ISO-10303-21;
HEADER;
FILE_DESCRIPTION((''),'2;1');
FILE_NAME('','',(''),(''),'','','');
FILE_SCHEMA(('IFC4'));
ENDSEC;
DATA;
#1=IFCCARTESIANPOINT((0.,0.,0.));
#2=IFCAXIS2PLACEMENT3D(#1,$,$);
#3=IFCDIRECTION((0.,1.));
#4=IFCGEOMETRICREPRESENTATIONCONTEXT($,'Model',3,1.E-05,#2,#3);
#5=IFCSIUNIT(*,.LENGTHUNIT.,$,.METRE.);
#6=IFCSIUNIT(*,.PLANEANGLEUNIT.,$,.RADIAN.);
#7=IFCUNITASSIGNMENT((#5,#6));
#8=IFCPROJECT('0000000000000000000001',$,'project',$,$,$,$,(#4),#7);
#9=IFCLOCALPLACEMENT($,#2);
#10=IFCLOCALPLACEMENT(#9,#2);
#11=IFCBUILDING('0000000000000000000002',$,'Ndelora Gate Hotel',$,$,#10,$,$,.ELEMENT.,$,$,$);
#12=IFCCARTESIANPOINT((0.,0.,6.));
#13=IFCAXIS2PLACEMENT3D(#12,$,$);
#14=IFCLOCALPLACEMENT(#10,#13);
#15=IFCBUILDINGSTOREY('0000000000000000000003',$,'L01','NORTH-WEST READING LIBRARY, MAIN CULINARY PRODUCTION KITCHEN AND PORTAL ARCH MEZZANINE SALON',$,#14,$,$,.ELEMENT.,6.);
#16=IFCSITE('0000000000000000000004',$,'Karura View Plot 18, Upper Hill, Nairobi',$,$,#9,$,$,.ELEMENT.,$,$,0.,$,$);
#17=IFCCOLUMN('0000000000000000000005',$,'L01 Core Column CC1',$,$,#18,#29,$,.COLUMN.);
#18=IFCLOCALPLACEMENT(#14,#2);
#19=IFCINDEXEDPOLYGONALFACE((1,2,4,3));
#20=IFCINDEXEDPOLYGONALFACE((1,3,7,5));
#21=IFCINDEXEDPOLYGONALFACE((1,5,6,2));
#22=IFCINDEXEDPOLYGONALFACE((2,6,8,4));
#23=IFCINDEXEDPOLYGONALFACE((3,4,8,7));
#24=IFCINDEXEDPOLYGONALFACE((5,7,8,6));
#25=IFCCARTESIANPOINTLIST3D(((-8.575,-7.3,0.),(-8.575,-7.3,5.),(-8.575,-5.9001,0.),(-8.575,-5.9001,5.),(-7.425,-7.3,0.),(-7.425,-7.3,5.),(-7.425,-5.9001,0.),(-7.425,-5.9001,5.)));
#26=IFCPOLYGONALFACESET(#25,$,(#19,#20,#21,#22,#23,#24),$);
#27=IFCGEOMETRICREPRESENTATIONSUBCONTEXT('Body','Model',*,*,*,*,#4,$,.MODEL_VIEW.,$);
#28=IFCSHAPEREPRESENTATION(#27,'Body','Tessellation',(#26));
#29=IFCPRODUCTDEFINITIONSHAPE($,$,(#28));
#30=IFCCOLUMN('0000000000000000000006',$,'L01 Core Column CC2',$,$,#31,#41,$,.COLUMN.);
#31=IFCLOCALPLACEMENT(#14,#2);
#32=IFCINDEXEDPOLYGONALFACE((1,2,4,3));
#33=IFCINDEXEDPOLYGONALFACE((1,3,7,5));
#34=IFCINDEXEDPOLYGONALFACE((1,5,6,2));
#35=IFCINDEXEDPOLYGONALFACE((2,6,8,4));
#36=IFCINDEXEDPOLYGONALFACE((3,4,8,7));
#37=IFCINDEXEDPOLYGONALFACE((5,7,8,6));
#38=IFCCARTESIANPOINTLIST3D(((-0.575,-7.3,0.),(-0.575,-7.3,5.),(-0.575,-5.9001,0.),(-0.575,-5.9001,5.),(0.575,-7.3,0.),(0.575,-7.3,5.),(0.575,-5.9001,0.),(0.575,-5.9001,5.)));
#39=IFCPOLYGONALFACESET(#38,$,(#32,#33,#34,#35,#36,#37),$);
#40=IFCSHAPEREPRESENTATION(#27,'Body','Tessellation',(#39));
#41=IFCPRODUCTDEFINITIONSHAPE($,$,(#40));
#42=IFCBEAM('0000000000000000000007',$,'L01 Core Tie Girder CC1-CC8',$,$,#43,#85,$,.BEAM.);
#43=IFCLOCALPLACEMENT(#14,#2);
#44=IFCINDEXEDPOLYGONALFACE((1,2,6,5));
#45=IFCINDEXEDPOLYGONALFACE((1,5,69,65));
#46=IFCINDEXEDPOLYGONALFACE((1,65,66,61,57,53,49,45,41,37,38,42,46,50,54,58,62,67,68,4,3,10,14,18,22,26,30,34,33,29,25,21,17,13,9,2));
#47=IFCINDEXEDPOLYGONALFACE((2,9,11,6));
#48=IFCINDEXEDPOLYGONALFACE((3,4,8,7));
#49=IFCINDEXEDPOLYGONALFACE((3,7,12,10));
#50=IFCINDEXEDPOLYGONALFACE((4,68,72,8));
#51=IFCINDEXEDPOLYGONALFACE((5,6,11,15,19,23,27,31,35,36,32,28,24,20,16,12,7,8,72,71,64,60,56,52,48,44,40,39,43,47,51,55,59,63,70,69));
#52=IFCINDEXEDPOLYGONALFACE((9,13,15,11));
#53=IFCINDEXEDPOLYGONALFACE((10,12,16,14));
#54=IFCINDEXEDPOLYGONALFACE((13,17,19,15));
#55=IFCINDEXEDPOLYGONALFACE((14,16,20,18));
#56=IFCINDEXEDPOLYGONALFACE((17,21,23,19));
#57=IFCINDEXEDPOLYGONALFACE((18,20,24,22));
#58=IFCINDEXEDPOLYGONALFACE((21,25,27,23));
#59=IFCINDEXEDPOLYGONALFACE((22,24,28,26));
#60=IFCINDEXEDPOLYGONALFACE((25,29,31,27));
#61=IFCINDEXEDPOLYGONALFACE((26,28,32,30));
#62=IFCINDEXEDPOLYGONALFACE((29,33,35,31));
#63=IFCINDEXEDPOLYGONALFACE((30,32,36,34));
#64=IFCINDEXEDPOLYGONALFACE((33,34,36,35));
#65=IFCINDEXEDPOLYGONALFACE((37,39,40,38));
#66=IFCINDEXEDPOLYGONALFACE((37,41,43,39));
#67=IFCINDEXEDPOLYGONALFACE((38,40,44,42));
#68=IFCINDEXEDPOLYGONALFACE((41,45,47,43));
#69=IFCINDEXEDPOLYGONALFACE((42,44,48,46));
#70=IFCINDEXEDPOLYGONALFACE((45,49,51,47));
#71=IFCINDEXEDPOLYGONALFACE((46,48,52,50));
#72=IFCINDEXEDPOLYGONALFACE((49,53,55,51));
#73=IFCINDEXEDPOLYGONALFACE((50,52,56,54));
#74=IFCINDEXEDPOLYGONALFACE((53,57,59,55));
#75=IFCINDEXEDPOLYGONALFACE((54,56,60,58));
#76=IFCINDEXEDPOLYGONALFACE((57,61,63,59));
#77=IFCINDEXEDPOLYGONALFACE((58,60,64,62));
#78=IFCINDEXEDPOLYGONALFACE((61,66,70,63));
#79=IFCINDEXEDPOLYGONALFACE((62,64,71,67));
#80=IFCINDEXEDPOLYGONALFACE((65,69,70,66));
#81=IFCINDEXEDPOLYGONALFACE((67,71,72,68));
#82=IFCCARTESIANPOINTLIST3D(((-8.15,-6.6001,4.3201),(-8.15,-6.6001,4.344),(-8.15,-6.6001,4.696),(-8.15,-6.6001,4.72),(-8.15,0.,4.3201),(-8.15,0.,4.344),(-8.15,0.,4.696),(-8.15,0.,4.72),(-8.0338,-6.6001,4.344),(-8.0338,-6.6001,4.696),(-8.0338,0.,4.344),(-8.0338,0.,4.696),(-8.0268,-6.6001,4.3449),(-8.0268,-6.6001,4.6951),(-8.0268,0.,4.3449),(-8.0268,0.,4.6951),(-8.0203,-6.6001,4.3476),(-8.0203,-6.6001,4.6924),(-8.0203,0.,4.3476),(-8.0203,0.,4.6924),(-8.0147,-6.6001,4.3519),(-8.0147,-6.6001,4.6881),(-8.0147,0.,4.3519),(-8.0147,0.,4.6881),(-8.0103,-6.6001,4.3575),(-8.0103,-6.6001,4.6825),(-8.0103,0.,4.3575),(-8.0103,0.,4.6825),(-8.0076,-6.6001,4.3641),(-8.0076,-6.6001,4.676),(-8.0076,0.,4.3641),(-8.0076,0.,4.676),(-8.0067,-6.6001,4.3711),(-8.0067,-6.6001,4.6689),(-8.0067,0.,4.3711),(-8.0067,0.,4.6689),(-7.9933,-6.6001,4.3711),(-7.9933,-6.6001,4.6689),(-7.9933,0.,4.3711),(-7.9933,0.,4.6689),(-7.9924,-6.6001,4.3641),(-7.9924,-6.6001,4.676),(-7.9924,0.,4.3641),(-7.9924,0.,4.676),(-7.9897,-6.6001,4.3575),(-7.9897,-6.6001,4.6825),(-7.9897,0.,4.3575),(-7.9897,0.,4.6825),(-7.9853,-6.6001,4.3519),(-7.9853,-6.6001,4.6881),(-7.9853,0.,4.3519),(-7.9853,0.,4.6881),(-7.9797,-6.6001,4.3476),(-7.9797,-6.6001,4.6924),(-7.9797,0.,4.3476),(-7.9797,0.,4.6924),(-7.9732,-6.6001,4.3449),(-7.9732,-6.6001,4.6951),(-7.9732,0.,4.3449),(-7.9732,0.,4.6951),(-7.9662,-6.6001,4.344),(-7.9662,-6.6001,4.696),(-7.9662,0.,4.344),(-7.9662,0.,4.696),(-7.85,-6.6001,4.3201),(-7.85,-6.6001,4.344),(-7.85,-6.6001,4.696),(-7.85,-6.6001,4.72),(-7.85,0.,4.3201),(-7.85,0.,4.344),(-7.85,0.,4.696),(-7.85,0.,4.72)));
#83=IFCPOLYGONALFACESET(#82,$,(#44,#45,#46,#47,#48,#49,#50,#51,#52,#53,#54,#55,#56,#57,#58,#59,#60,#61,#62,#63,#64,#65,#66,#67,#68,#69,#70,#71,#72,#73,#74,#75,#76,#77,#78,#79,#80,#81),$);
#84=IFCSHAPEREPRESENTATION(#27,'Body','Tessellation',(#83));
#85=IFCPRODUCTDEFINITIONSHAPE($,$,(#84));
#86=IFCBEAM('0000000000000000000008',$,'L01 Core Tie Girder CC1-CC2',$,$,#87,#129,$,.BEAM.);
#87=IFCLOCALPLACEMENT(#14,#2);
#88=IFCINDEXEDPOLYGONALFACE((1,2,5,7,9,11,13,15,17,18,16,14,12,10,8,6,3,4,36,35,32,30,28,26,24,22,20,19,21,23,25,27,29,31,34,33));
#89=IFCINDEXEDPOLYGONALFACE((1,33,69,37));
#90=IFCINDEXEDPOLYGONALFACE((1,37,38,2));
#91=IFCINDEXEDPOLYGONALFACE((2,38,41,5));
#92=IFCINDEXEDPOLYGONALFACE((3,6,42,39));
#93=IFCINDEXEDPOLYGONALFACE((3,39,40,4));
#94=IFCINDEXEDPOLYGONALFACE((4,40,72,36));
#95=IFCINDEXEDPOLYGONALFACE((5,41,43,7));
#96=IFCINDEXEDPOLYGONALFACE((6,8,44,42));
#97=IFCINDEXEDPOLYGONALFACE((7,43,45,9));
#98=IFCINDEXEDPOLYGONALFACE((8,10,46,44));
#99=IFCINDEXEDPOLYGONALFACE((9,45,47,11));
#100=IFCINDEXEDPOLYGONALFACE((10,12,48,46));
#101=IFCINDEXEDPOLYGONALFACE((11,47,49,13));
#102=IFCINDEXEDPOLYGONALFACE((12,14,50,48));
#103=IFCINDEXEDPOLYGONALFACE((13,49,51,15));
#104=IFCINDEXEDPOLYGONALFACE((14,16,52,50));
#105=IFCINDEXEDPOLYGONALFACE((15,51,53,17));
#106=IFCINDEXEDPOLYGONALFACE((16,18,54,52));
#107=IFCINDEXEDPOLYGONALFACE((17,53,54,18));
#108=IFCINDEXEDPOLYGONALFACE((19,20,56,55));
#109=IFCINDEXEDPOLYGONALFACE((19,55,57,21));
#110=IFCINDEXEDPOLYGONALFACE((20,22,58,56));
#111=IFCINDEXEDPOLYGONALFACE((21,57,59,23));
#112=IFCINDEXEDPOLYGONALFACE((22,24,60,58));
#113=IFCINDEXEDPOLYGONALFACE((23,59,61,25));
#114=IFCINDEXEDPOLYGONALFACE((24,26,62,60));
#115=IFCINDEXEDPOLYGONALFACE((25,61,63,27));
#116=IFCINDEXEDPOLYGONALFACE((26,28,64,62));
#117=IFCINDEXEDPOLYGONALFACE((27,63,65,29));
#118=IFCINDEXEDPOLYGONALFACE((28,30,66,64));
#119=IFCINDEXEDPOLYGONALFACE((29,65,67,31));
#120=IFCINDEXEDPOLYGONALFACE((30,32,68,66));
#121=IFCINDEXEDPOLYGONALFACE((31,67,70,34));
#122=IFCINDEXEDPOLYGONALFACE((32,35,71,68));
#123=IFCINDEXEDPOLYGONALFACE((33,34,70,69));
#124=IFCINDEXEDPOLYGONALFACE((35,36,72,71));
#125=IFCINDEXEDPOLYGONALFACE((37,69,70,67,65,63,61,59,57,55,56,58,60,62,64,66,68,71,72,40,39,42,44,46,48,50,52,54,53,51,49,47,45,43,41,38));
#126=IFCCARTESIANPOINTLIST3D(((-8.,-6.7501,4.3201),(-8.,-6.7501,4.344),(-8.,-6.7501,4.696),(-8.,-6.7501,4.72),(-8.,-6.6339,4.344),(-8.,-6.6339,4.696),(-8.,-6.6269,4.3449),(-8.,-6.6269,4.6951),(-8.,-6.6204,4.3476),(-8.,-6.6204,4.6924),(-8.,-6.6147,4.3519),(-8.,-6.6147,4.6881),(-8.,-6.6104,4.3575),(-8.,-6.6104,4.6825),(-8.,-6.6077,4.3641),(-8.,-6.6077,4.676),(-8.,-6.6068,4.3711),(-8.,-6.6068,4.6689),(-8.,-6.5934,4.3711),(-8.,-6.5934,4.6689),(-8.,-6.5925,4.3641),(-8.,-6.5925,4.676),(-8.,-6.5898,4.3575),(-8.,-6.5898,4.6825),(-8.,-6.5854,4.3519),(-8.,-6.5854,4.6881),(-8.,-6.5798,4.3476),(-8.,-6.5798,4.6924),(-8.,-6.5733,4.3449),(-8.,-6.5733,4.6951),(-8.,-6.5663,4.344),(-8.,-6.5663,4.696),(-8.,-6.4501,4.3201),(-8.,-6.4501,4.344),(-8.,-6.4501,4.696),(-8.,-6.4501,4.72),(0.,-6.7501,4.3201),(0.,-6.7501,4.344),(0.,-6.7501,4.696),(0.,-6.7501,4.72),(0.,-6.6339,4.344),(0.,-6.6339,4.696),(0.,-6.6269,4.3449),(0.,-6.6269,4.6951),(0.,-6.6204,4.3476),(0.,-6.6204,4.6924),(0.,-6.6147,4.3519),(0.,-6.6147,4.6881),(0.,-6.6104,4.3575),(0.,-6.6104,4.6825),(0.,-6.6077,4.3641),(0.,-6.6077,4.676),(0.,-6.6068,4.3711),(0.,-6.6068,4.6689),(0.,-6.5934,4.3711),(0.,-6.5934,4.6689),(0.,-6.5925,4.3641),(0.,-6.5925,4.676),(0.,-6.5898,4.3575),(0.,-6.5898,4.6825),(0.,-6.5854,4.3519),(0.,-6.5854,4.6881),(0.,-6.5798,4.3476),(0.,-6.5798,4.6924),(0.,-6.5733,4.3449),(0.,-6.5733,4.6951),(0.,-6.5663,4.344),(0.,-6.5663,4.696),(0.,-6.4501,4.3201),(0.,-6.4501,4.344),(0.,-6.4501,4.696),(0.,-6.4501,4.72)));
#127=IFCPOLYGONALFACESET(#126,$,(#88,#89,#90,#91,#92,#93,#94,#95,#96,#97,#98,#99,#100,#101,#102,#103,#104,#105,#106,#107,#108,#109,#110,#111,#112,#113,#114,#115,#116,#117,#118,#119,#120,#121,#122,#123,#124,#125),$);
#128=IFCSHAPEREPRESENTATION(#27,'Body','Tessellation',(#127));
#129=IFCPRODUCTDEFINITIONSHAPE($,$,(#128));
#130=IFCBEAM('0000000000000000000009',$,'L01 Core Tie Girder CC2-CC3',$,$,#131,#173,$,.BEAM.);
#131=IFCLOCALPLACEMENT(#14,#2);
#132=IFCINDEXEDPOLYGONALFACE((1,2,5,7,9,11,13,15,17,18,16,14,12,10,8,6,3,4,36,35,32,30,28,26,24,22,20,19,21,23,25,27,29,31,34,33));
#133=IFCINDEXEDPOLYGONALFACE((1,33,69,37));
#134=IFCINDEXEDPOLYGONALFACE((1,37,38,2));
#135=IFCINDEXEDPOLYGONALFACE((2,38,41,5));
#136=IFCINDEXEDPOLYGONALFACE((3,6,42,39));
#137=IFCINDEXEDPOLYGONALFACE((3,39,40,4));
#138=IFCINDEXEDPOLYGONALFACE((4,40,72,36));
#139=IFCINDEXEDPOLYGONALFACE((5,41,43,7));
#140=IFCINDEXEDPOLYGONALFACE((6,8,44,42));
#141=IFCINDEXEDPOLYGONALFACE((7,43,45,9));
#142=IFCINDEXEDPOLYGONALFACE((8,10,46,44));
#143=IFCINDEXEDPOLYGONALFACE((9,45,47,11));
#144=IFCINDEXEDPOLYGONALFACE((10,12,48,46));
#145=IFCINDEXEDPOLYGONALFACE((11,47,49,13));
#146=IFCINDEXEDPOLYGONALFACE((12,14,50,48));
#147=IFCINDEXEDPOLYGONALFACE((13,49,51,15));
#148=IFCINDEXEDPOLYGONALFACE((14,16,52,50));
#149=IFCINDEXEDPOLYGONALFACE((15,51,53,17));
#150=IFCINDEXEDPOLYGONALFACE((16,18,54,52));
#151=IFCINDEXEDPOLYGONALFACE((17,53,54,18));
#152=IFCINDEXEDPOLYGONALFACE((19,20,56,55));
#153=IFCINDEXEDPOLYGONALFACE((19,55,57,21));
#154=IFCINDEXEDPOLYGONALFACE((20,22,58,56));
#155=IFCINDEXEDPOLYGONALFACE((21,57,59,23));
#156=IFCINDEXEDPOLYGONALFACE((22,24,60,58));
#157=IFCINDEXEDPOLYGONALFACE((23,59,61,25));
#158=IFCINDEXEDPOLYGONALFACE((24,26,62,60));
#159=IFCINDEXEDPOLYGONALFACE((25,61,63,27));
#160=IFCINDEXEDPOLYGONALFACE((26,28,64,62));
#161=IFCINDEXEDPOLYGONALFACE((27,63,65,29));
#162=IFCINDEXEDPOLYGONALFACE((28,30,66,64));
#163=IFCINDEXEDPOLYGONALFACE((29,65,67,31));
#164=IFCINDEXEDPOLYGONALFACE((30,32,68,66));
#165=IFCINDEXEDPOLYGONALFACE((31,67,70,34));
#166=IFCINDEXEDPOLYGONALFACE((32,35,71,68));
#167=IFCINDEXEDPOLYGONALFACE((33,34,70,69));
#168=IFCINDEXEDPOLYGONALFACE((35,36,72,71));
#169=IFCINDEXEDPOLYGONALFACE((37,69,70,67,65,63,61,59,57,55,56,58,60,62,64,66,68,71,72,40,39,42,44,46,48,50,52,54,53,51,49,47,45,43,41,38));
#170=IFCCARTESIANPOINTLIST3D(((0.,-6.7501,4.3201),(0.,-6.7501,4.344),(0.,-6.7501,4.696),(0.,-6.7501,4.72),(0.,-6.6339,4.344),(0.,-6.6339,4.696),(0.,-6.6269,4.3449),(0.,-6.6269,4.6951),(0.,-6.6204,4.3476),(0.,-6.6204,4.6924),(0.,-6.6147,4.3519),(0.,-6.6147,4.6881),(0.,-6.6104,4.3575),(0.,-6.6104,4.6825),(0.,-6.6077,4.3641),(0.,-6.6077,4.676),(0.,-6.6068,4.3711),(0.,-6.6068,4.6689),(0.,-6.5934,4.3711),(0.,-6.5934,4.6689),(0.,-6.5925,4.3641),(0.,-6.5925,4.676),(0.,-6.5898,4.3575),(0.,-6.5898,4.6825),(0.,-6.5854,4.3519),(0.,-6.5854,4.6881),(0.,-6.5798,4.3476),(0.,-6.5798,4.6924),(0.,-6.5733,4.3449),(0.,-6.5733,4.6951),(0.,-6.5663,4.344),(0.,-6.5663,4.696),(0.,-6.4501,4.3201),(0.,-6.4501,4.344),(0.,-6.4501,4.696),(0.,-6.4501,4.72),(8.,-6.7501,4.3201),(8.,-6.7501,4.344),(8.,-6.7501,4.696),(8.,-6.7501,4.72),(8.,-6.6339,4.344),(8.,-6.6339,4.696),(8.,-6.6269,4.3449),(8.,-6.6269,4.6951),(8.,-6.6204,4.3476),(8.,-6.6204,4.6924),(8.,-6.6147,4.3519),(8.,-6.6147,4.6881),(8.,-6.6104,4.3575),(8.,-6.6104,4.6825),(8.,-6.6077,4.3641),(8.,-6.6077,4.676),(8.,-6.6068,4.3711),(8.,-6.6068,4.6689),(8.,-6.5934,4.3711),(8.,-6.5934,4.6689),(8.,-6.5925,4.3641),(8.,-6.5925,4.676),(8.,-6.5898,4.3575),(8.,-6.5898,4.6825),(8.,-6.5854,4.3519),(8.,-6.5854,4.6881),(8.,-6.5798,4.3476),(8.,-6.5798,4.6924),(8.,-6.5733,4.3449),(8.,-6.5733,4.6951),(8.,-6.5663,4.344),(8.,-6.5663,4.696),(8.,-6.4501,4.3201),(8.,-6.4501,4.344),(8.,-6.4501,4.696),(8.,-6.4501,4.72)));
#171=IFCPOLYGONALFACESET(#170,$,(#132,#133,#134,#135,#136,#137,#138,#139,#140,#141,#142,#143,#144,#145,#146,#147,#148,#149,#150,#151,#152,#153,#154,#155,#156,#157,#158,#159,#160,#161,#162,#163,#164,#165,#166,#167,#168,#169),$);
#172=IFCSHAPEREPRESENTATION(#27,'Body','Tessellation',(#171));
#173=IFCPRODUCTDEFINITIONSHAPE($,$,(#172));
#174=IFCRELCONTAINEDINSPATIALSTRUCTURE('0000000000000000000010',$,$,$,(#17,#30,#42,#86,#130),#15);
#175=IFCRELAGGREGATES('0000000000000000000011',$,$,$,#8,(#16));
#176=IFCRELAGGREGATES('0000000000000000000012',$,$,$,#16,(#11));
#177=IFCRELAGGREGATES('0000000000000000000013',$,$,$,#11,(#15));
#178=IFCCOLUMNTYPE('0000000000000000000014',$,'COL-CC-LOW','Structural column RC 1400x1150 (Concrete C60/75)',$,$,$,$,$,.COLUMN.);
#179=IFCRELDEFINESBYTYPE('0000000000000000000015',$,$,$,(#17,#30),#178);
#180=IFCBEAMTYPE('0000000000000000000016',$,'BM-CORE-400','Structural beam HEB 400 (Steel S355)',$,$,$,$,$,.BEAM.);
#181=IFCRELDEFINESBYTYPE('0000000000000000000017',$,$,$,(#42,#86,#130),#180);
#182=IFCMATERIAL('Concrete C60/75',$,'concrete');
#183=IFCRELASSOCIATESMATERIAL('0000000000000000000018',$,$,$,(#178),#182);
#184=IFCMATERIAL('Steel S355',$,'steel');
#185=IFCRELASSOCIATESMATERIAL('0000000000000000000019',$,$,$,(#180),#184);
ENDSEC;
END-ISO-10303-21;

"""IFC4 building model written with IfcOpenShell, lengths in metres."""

from ifc_helpers import new_model, si_unit, direction, frame, origin, origin_2d, place, context, subcontext, project, spatial, rectangle, i_section, extrude, material, material_profile, profile_set, type_object, element, save


model = new_model("IFC4")

# Units and contexts
model_context = context("Model", 3, precision=1e-05, world=origin(), true_north=direction((0.0, 1.0)))
body_context = subcontext(model_context, "Body", "Model", "MODEL_VIEW")
ifc_project = project(units=[si_unit("LENGTHUNIT", "METRE"), si_unit("PLANEANGLEUNIT", "RADIAN")], contexts=[model_context])

# Site, building, storey
site_placement = place(None, origin())
site = spatial("IfcSite", under=ifc_project, at=site_placement, Name="Karura View Plot 18, Upper Hill, Nairobi", CompositionType="ELEMENT", RefElevation=0.0)
building_placement = place(site_placement, origin())
building = spatial("IfcBuilding", under=site, at=building_placement, Name="Ndelora Gate Hotel", CompositionType="ELEMENT")
storey_placement = place(building_placement, frame((0.0, 0.0, 6.0)))
storey = spatial("IfcBuildingStorey", under=building, at=storey_placement, Name="L01", Description="NORTH-WEST READING LIBRARY, MAIN CULINARY PRODUCTION KITCHEN AND PORTAL ARCH MEZZANINE SALON", CompositionType="ELEMENT", Elevation=6.0)

# Columns
ifc_material_1 = material(Name="Concrete C60/75", Category="concrete")
ifc_material_profile_1 = material_profile(ifc_material_1, rectangle(XDim=1.1499, YDim=1.3999, at=origin_2d()), Name="RC 1400x1150")
ifc_profile_set_1 = profile_set([ifc_material_profile_1], Name="Concrete C60/75")
column_type = type_object("IfcColumnType", Name="COL-CC-LOW", Description="Structural column RC 1400x1150 (Concrete C60/75)", PredefinedType="COLUMN", material=ifc_profile_set_1)
for number, where, z_axis, x_axis, name in (
    (1, (-8.0, -6.6001, 0.0), (0.0, 0.0, 1.0), (1.0, 0.0, 0.0), "L01 Core Column CC1"),
    (2, (0.0, -6.6001, 0.0), (0.0, 0.0, 1.0), (1.0, 0.0, 0.0), "L01 Core Column CC2"),
):
    element("IfcColumn", number, at=place(storey_placement, frame(where, z_axis=z_axis, x_axis=x_axis)), inside=storey, type_object=column_type, Name=name, PredefinedType="COLUMN", context=body_context, shape_type="SweptSolid", body=[
        extrude(rectangle(XDim=1.1499, YDim=1.3999, at=origin_2d()), origin(), (0.0, 0.0, 1.0), 5.0),
    ])

# Beams
ifc_material_2 = material(Name="Steel S355", Category="steel")
ifc_material_profile_2 = material_profile(ifc_material_2, i_section(OverallWidth=0.3, OverallDepth=0.3999, WebThickness=0.0134, FlangeThickness=0.0239, FilletRadius=0.0271, at=origin_2d()), Name="HEB 400")
ifc_profile_set_2 = profile_set([ifc_material_profile_2], Name="Steel S355")
beam_type = type_object("IfcBeamType", Name="BM-CORE-400", Description="Structural beam HEB 400 (Steel S355)", PredefinedType="BEAM", material=ifc_profile_set_2)
beam_placement = place(storey_placement, frame((-8.0, -6.6001, 4.52), z_axis=(0.0, 1.0, 0.0), x_axis=(-1.0, 0.0, 0.0)))
element("IfcBeam", 3, at=beam_placement, inside=storey, type_object=beam_type, Name="L01 Core Tie Girder CC1-CC8", PredefinedType="BEAM", context=body_context, shape_type="SweptSolid", body=[
    extrude(i_section(OverallWidth=0.3, OverallDepth=0.3999, WebThickness=0.0134, FlangeThickness=0.0239, FilletRadius=0.0271, at=origin_2d()), origin(), (0.0, 0.0, 1.0), 6.6001),
])
for number, where, z_axis, x_axis, name in (
    (4, (-8.0, -6.6001, 4.52), (1.0, 0.0, 0.0), (0.0, 1.0, 0.0), "L01 Core Tie Girder CC1-CC2"),
    (5, (0.0, -6.6001, 4.52), (1.0, 0.0, 0.0), (0.0, 1.0, 0.0), "L01 Core Tie Girder CC2-CC3"),
):
    element("IfcBeam", number, at=place(storey_placement, frame(where, z_axis=z_axis, x_axis=x_axis)), inside=storey, type_object=beam_type, Name=name, PredefinedType="BEAM", context=body_context, shape_type="SweptSolid", body=[
        extrude(i_section(OverallWidth=0.3, OverallDepth=0.3999, WebThickness=0.0134, FlangeThickness=0.0239, FilletRadius=0.0271, at=origin_2d()), origin(), (0.0, 0.0, 1.0), 8.0),
    ])

save(model, "model.ifc")
